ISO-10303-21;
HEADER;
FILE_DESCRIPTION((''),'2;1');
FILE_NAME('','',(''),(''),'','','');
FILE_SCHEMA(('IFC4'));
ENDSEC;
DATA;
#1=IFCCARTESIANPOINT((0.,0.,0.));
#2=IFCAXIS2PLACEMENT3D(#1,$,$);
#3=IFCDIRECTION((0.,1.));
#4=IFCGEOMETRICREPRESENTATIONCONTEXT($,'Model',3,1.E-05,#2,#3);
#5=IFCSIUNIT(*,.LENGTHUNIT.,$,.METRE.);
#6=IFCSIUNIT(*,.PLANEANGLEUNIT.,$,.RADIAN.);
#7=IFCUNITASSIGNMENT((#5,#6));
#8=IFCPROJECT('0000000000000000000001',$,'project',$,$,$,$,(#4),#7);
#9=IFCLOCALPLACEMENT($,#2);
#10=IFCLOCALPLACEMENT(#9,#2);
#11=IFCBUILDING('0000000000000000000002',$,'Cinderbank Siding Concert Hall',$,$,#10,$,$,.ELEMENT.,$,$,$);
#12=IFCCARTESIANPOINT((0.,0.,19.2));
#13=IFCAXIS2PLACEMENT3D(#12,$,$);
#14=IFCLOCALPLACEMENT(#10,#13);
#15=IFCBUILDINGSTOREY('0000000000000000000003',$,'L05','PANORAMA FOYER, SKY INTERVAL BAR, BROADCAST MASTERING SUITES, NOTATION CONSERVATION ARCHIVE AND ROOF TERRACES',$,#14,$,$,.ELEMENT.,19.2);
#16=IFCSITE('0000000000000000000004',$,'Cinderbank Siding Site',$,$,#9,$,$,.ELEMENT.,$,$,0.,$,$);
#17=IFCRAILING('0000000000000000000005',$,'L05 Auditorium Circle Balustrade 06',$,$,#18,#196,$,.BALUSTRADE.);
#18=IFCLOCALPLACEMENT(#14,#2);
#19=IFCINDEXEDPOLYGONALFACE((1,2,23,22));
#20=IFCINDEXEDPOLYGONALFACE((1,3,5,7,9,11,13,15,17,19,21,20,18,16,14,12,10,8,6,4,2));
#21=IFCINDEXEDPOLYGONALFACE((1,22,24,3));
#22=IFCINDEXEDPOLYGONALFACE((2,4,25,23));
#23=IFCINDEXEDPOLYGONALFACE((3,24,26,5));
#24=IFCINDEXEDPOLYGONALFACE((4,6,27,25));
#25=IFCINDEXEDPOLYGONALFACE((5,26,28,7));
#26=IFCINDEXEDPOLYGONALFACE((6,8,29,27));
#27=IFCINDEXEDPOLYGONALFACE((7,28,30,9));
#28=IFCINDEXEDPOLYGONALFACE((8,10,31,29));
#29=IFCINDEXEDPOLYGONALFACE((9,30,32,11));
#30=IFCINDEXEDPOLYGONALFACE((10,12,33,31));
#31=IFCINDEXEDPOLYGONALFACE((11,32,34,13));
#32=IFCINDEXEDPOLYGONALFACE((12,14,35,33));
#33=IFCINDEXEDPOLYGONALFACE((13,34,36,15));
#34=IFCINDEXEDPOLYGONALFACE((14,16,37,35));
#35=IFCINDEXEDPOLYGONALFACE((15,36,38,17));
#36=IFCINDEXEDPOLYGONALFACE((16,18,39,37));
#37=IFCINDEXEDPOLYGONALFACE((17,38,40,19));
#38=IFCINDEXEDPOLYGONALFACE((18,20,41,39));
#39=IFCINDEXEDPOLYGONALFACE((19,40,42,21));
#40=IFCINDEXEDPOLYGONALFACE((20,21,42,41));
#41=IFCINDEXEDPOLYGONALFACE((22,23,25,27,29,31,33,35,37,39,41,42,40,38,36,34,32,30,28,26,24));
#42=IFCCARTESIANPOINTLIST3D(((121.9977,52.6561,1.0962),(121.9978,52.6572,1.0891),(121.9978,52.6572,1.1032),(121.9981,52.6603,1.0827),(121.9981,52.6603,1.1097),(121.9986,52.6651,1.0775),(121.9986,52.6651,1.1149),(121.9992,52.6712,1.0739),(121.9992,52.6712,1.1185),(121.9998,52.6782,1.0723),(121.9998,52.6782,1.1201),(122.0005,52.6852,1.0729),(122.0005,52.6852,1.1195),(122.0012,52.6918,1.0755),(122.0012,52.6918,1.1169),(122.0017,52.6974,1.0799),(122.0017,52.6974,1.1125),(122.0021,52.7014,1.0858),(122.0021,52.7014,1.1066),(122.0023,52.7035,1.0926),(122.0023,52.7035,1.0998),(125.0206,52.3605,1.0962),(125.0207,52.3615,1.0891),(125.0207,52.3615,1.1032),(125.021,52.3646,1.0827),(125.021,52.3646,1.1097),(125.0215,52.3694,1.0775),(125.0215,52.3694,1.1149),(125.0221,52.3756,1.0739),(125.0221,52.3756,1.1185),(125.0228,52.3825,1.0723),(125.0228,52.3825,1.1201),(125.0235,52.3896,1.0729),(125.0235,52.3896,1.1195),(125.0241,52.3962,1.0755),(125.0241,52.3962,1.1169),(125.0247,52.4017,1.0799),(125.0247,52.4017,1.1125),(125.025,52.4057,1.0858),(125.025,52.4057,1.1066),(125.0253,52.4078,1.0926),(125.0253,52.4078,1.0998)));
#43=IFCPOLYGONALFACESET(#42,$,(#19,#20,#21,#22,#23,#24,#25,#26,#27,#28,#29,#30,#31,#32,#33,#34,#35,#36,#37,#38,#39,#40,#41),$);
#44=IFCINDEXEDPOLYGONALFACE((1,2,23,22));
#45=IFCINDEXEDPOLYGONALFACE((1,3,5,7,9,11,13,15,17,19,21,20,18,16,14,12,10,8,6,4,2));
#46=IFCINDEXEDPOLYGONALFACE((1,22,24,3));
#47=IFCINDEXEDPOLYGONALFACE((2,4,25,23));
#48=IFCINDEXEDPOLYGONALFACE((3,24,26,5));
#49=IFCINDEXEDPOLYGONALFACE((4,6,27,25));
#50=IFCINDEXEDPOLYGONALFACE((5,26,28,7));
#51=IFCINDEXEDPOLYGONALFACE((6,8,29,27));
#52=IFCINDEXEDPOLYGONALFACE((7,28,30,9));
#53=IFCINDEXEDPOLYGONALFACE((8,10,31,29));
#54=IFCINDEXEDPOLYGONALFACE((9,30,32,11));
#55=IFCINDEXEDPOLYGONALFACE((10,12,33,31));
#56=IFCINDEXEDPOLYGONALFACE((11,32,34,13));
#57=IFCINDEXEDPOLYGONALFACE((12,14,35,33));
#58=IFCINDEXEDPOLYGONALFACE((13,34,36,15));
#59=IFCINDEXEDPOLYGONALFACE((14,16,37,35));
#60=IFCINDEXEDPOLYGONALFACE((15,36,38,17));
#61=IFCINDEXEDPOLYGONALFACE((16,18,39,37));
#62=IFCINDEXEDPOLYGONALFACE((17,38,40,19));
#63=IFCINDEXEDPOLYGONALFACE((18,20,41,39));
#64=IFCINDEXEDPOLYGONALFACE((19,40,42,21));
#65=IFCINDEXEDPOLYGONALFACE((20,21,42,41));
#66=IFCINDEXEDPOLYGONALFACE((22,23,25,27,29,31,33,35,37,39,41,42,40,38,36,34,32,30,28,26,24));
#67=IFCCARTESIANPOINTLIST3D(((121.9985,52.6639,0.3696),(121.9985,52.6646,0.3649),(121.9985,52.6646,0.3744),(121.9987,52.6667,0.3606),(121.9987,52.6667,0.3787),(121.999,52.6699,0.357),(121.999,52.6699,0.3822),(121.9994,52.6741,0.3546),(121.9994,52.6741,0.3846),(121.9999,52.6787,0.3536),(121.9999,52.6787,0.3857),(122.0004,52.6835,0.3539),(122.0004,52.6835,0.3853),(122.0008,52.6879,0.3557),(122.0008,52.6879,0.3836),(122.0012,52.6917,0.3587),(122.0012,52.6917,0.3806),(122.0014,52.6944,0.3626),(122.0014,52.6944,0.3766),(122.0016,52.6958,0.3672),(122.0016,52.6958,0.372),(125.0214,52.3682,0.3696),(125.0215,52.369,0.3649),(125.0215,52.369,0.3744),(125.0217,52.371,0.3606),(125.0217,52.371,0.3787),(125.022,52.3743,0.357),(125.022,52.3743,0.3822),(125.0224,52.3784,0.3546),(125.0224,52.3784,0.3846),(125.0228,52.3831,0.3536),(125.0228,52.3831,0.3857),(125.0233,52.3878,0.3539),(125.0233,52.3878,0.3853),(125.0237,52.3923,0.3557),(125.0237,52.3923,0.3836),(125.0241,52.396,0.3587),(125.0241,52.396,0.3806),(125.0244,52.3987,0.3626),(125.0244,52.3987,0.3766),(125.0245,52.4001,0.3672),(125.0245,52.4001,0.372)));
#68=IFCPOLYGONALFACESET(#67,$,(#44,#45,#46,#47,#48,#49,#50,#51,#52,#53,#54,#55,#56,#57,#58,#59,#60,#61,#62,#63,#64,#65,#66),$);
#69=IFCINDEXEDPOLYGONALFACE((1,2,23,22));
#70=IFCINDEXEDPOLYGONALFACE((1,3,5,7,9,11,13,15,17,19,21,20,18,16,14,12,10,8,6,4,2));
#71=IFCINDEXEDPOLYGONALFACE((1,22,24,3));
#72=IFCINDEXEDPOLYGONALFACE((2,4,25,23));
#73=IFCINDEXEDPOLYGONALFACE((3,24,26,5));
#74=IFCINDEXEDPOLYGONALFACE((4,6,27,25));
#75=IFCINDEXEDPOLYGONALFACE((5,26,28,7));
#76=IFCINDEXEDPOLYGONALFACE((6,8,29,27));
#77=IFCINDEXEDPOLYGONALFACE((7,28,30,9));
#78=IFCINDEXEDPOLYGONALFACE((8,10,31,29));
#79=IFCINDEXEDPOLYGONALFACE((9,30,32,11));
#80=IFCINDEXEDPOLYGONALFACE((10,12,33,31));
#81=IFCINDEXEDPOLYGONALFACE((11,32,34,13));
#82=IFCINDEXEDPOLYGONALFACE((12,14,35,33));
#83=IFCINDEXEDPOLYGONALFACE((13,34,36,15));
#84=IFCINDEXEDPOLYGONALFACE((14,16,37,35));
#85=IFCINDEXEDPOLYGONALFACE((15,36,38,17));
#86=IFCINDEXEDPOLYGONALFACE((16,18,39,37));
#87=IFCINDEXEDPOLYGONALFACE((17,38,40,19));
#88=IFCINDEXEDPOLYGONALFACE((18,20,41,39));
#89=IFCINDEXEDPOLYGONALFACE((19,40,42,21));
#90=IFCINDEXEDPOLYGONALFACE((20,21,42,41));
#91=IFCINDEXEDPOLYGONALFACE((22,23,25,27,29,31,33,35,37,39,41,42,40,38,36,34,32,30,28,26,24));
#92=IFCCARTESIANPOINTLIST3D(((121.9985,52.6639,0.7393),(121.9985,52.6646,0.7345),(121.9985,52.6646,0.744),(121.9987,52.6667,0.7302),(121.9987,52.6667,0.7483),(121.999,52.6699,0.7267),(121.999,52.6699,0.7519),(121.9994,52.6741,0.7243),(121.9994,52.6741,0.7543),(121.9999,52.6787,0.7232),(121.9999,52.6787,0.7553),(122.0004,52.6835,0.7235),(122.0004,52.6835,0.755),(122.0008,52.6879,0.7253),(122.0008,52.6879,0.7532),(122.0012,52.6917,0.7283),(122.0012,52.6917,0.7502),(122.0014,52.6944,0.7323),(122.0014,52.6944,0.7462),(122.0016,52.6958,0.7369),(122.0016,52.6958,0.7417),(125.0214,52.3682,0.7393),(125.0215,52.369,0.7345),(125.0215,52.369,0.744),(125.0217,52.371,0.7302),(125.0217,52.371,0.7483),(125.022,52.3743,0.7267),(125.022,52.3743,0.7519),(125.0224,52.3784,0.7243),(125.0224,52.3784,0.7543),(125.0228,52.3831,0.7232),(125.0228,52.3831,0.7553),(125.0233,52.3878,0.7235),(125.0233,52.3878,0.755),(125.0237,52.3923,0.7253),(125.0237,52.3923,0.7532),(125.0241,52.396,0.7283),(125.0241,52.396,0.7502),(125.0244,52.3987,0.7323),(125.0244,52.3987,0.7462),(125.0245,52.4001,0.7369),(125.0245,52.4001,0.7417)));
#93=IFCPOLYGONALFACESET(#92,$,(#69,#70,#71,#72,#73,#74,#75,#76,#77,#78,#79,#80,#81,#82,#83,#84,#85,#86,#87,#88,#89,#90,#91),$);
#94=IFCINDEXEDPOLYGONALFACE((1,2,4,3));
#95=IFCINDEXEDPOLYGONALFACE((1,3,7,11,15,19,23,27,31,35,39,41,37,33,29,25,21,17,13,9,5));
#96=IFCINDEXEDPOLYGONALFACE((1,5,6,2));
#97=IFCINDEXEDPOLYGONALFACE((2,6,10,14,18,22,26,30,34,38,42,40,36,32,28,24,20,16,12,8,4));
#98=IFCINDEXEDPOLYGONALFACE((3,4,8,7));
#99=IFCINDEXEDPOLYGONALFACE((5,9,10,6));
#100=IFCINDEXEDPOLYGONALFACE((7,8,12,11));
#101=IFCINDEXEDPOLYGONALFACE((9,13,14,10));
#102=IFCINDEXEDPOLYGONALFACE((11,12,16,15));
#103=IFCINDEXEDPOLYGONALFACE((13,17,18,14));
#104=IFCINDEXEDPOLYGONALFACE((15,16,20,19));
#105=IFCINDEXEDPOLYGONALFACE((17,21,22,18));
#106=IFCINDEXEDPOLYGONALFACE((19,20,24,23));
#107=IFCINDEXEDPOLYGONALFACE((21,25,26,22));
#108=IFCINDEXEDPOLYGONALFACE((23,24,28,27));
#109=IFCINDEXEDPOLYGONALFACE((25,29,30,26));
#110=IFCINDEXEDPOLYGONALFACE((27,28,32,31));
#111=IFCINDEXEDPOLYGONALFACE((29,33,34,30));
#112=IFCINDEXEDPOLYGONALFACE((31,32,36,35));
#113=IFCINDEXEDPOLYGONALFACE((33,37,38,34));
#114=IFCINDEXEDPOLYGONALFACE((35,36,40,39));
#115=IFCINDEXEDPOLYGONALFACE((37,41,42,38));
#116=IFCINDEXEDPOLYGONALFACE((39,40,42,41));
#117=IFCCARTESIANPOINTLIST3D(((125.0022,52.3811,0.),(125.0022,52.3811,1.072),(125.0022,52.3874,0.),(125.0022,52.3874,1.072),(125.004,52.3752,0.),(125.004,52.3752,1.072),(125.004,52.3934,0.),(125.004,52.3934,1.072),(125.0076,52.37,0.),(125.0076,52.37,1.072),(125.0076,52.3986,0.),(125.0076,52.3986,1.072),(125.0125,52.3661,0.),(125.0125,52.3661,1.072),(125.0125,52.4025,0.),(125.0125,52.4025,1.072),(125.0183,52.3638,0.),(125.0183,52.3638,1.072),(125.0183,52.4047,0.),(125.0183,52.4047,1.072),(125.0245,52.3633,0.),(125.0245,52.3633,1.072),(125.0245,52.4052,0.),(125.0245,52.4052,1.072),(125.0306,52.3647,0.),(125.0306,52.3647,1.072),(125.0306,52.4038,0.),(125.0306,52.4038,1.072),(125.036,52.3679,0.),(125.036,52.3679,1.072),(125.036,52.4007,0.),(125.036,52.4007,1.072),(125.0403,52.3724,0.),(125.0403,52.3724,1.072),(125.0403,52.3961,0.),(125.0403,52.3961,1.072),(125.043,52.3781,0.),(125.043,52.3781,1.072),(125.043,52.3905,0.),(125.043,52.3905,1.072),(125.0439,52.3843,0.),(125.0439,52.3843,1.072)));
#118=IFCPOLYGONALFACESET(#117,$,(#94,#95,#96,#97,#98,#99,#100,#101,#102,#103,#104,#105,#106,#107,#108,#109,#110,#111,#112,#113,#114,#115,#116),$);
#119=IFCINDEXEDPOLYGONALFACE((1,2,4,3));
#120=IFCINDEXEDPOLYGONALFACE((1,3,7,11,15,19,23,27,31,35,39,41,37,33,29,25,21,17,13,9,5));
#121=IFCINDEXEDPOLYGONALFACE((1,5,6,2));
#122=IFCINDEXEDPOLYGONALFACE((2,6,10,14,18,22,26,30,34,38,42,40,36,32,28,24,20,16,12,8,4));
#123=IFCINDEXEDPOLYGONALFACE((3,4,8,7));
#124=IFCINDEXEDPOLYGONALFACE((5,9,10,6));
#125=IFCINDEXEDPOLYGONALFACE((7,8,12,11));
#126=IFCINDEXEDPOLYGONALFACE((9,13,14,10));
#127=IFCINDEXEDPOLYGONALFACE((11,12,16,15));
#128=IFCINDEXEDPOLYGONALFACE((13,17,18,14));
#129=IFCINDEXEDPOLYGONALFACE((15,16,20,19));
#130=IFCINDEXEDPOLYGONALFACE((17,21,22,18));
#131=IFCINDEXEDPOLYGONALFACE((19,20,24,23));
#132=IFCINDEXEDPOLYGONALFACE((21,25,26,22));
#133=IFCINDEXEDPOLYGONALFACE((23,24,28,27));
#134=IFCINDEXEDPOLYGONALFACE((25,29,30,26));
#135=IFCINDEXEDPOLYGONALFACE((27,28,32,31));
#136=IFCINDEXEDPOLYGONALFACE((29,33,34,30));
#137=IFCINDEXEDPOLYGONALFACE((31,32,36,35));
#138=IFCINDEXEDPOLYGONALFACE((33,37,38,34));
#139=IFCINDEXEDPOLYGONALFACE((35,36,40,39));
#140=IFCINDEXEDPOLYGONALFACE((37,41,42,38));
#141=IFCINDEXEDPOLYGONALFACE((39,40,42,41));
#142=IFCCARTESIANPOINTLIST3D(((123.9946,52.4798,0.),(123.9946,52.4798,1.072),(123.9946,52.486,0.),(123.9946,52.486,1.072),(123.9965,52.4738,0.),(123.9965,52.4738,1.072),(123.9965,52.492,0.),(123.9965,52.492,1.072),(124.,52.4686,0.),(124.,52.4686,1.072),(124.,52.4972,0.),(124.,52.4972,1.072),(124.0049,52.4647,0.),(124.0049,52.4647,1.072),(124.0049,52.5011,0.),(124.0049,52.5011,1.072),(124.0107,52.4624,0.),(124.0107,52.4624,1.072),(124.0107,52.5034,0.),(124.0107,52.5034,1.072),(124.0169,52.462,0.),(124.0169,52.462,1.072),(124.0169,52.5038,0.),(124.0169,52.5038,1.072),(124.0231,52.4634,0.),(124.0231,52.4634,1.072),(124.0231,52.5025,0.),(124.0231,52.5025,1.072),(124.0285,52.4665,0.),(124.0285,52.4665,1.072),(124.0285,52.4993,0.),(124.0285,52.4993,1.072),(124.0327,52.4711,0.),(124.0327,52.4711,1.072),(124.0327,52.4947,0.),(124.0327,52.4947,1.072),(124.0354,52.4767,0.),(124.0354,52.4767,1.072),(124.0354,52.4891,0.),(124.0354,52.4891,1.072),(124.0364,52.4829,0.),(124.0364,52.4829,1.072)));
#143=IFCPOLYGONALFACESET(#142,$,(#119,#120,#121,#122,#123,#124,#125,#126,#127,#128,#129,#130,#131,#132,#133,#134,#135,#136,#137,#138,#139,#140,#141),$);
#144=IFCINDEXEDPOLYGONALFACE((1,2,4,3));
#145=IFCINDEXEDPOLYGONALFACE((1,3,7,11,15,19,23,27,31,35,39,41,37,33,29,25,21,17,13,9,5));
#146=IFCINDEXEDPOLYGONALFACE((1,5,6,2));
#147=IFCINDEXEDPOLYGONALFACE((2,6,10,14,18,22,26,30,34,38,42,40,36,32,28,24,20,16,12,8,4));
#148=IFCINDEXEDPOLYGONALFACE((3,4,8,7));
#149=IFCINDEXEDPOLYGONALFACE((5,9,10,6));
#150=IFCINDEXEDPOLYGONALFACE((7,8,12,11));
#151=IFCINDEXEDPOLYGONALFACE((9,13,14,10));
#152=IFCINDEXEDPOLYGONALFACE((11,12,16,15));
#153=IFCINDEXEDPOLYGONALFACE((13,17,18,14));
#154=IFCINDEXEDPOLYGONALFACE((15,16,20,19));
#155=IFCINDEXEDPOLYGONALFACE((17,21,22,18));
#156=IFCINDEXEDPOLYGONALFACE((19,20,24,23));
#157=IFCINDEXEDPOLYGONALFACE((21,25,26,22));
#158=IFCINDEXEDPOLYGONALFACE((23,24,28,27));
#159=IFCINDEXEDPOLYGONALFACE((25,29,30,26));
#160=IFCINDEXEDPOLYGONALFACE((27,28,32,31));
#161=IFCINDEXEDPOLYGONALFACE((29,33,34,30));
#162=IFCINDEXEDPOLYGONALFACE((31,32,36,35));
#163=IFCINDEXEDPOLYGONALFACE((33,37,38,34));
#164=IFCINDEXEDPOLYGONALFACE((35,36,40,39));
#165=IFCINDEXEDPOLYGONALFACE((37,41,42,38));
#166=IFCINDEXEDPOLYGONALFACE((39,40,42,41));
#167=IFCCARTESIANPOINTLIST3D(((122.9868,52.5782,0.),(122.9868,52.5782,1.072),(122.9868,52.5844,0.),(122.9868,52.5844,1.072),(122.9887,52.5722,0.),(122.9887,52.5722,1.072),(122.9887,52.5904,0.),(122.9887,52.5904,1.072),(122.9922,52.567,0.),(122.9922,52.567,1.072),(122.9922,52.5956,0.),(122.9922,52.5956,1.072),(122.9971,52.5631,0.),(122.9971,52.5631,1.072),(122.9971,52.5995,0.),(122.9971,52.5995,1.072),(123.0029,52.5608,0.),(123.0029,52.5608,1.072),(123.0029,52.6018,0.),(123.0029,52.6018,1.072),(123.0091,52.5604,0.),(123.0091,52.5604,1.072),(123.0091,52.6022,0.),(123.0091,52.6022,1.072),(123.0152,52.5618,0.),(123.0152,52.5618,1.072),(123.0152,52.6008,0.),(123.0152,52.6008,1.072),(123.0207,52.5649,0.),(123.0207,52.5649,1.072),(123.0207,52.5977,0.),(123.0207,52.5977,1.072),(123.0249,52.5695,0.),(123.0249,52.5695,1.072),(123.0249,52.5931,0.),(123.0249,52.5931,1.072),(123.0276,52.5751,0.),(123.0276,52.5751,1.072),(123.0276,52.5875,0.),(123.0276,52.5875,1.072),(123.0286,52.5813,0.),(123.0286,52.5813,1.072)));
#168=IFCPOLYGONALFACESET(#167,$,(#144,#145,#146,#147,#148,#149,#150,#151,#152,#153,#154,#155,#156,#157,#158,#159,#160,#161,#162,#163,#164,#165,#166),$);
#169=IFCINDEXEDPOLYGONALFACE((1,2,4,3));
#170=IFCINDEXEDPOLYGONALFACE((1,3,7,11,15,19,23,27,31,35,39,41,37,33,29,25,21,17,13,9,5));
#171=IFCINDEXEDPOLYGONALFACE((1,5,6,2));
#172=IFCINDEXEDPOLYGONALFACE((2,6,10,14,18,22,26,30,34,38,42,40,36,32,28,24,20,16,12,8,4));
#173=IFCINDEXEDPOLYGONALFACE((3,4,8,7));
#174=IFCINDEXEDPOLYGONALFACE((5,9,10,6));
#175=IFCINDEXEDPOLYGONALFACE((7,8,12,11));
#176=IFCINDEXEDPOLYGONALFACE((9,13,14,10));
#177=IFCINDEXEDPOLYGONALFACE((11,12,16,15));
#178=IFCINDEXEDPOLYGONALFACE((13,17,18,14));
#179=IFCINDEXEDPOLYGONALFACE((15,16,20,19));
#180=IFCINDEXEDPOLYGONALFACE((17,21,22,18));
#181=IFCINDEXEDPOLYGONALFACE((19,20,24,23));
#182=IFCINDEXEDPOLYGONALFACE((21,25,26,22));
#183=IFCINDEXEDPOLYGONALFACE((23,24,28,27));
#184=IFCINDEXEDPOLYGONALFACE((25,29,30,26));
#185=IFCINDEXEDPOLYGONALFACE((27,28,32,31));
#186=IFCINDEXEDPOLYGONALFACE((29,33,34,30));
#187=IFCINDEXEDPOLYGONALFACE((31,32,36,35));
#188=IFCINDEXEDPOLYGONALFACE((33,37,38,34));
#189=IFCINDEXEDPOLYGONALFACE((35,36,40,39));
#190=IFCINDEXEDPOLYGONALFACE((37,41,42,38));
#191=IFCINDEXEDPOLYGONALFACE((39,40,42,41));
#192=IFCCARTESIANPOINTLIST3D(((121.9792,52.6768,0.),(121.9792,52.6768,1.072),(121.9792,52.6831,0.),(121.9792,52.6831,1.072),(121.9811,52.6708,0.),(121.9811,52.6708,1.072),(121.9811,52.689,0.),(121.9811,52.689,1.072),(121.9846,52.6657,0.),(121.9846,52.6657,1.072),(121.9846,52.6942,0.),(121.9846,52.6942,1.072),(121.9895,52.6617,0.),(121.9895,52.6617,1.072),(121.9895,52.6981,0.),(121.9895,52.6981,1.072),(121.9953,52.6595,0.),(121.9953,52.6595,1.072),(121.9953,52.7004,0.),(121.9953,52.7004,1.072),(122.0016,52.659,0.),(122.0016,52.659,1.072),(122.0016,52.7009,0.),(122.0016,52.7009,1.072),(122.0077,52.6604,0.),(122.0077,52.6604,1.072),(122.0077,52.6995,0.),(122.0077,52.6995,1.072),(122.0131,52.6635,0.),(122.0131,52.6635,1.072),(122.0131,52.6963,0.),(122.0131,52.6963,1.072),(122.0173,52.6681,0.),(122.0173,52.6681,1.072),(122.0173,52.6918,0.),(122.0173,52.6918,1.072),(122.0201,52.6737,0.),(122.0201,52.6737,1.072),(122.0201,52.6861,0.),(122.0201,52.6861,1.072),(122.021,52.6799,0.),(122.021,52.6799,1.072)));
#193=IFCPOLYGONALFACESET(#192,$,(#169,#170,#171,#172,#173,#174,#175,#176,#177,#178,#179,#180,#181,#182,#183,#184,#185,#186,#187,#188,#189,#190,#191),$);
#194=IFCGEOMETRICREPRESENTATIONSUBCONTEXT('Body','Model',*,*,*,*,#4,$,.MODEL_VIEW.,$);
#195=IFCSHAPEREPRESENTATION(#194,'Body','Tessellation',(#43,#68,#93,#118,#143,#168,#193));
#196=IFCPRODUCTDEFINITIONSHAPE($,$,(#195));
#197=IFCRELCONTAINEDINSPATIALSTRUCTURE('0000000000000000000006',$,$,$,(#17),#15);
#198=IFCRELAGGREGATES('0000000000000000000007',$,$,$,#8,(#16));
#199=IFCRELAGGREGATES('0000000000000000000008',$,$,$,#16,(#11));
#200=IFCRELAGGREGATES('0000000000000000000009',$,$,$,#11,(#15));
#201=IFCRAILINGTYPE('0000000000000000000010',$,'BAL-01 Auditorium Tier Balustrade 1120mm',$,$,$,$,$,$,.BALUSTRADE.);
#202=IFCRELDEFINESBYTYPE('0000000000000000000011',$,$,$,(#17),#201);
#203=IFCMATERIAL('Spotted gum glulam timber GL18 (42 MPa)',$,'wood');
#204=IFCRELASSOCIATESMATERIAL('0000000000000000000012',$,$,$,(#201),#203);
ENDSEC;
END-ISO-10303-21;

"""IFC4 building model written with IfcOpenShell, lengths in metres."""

from ifc_helpers import new_model, si_unit, direction, frame, origin, origin_2d, place, context, subcontext, project, spatial, circle, extrude, material, type_object, element, save


model = new_model("IFC4")

# Units and contexts
model_context = context("Model", 3, precision=1e-05, world=origin(), true_north=direction((0.0, 1.0)))
body_context = subcontext(model_context, "Body", "Model", "MODEL_VIEW")
ifc_project = project(units=[si_unit("LENGTHUNIT", "METRE"), si_unit("PLANEANGLEUNIT", "RADIAN")], contexts=[model_context])

# Site, building, storey
site_placement = place(None, origin())
site = spatial("IfcSite", under=ifc_project, at=site_placement, Name="Cinderbank Siding Site", CompositionType="ELEMENT", RefElevation=0.0)
building_placement = place(site_placement, origin())
building = spatial("IfcBuilding", under=site, at=building_placement, Name="Cinderbank Siding Concert Hall", CompositionType="ELEMENT")
storey_placement = place(building_placement, frame((0.0, 0.0, 19.2)))
storey = spatial("IfcBuildingStorey", under=building, at=storey_placement, Name="L05", Description="PANORAMA FOYER, SKY INTERVAL BAR, BROADCAST MASTERING SUITES, NOTATION CONSERVATION ARCHIVE AND ROOF TERRACES", CompositionType="ELEMENT", Elevation=19.2)

# Railing
ifc_material_1 = material(Name="Spotted gum glulam timber GL18 (42 MPa)", Category="wood")
railing_type = type_object("IfcRailingType", Name="BAL-01 Auditorium Tier Balustrade 1120mm", PredefinedType="BALUSTRADE", material=ifc_material_1)
railing_1_placement = place(storey_placement, frame((125.0229, 52.3843, 0.0)))
element("IfcRailing", 1, at=railing_1_placement, inside=storey, type_object=railing_type, Name="L05 Auditorium Circle Balustrade 06", PredefinedType="BALUSTRADE", context=body_context, shape_type="SweptSolid", body=[
    extrude(circle(Radius=0.0239, at=origin_2d()), frame((0.0, 0.0, 1.0962), z_axis=(-0.995251, 0.097339, 0.0), x_axis=(-0.097339, -0.995251, 0.0)), (0.0, 0.0, 1.0), 3.0374),
    extrude(circle(Radius=0.0161, at=origin_2d()), frame((0.0, 0.0, 0.3696), z_axis=(-0.995251, 0.097339, 0.0), x_axis=(-0.097339, -0.995251, 0.0)), (0.0, 0.0, 1.0), 3.0374),
    extrude(circle(Radius=0.0161, at=origin_2d()), frame((0.0, 0.0, 0.7393), z_axis=(-0.995251, 0.097339, 0.0), x_axis=(-0.097339, -0.995251, 0.0)), (0.0, 0.0, 1.0), 3.0374),
    extrude(circle(Radius=0.021, at=origin_2d()), origin(), (0.0, 0.0, 1.0), 1.072),
    extrude(circle(Radius=0.021, at=origin_2d()), frame((-1.0076, 0.0986, 0.0)), (0.0, 0.0, 1.0), 1.072),
    extrude(circle(Radius=0.021, at=origin_2d()), frame((-2.0154, 0.197, 0.0)), (0.0, 0.0, 1.0), 1.072),
    extrude(circle(Radius=0.021, at=origin_2d()), frame((-3.0229, 0.2957, 0.0)), (0.0, 0.0, 1.0), 1.072),
])

save(model, "model.ifc")
